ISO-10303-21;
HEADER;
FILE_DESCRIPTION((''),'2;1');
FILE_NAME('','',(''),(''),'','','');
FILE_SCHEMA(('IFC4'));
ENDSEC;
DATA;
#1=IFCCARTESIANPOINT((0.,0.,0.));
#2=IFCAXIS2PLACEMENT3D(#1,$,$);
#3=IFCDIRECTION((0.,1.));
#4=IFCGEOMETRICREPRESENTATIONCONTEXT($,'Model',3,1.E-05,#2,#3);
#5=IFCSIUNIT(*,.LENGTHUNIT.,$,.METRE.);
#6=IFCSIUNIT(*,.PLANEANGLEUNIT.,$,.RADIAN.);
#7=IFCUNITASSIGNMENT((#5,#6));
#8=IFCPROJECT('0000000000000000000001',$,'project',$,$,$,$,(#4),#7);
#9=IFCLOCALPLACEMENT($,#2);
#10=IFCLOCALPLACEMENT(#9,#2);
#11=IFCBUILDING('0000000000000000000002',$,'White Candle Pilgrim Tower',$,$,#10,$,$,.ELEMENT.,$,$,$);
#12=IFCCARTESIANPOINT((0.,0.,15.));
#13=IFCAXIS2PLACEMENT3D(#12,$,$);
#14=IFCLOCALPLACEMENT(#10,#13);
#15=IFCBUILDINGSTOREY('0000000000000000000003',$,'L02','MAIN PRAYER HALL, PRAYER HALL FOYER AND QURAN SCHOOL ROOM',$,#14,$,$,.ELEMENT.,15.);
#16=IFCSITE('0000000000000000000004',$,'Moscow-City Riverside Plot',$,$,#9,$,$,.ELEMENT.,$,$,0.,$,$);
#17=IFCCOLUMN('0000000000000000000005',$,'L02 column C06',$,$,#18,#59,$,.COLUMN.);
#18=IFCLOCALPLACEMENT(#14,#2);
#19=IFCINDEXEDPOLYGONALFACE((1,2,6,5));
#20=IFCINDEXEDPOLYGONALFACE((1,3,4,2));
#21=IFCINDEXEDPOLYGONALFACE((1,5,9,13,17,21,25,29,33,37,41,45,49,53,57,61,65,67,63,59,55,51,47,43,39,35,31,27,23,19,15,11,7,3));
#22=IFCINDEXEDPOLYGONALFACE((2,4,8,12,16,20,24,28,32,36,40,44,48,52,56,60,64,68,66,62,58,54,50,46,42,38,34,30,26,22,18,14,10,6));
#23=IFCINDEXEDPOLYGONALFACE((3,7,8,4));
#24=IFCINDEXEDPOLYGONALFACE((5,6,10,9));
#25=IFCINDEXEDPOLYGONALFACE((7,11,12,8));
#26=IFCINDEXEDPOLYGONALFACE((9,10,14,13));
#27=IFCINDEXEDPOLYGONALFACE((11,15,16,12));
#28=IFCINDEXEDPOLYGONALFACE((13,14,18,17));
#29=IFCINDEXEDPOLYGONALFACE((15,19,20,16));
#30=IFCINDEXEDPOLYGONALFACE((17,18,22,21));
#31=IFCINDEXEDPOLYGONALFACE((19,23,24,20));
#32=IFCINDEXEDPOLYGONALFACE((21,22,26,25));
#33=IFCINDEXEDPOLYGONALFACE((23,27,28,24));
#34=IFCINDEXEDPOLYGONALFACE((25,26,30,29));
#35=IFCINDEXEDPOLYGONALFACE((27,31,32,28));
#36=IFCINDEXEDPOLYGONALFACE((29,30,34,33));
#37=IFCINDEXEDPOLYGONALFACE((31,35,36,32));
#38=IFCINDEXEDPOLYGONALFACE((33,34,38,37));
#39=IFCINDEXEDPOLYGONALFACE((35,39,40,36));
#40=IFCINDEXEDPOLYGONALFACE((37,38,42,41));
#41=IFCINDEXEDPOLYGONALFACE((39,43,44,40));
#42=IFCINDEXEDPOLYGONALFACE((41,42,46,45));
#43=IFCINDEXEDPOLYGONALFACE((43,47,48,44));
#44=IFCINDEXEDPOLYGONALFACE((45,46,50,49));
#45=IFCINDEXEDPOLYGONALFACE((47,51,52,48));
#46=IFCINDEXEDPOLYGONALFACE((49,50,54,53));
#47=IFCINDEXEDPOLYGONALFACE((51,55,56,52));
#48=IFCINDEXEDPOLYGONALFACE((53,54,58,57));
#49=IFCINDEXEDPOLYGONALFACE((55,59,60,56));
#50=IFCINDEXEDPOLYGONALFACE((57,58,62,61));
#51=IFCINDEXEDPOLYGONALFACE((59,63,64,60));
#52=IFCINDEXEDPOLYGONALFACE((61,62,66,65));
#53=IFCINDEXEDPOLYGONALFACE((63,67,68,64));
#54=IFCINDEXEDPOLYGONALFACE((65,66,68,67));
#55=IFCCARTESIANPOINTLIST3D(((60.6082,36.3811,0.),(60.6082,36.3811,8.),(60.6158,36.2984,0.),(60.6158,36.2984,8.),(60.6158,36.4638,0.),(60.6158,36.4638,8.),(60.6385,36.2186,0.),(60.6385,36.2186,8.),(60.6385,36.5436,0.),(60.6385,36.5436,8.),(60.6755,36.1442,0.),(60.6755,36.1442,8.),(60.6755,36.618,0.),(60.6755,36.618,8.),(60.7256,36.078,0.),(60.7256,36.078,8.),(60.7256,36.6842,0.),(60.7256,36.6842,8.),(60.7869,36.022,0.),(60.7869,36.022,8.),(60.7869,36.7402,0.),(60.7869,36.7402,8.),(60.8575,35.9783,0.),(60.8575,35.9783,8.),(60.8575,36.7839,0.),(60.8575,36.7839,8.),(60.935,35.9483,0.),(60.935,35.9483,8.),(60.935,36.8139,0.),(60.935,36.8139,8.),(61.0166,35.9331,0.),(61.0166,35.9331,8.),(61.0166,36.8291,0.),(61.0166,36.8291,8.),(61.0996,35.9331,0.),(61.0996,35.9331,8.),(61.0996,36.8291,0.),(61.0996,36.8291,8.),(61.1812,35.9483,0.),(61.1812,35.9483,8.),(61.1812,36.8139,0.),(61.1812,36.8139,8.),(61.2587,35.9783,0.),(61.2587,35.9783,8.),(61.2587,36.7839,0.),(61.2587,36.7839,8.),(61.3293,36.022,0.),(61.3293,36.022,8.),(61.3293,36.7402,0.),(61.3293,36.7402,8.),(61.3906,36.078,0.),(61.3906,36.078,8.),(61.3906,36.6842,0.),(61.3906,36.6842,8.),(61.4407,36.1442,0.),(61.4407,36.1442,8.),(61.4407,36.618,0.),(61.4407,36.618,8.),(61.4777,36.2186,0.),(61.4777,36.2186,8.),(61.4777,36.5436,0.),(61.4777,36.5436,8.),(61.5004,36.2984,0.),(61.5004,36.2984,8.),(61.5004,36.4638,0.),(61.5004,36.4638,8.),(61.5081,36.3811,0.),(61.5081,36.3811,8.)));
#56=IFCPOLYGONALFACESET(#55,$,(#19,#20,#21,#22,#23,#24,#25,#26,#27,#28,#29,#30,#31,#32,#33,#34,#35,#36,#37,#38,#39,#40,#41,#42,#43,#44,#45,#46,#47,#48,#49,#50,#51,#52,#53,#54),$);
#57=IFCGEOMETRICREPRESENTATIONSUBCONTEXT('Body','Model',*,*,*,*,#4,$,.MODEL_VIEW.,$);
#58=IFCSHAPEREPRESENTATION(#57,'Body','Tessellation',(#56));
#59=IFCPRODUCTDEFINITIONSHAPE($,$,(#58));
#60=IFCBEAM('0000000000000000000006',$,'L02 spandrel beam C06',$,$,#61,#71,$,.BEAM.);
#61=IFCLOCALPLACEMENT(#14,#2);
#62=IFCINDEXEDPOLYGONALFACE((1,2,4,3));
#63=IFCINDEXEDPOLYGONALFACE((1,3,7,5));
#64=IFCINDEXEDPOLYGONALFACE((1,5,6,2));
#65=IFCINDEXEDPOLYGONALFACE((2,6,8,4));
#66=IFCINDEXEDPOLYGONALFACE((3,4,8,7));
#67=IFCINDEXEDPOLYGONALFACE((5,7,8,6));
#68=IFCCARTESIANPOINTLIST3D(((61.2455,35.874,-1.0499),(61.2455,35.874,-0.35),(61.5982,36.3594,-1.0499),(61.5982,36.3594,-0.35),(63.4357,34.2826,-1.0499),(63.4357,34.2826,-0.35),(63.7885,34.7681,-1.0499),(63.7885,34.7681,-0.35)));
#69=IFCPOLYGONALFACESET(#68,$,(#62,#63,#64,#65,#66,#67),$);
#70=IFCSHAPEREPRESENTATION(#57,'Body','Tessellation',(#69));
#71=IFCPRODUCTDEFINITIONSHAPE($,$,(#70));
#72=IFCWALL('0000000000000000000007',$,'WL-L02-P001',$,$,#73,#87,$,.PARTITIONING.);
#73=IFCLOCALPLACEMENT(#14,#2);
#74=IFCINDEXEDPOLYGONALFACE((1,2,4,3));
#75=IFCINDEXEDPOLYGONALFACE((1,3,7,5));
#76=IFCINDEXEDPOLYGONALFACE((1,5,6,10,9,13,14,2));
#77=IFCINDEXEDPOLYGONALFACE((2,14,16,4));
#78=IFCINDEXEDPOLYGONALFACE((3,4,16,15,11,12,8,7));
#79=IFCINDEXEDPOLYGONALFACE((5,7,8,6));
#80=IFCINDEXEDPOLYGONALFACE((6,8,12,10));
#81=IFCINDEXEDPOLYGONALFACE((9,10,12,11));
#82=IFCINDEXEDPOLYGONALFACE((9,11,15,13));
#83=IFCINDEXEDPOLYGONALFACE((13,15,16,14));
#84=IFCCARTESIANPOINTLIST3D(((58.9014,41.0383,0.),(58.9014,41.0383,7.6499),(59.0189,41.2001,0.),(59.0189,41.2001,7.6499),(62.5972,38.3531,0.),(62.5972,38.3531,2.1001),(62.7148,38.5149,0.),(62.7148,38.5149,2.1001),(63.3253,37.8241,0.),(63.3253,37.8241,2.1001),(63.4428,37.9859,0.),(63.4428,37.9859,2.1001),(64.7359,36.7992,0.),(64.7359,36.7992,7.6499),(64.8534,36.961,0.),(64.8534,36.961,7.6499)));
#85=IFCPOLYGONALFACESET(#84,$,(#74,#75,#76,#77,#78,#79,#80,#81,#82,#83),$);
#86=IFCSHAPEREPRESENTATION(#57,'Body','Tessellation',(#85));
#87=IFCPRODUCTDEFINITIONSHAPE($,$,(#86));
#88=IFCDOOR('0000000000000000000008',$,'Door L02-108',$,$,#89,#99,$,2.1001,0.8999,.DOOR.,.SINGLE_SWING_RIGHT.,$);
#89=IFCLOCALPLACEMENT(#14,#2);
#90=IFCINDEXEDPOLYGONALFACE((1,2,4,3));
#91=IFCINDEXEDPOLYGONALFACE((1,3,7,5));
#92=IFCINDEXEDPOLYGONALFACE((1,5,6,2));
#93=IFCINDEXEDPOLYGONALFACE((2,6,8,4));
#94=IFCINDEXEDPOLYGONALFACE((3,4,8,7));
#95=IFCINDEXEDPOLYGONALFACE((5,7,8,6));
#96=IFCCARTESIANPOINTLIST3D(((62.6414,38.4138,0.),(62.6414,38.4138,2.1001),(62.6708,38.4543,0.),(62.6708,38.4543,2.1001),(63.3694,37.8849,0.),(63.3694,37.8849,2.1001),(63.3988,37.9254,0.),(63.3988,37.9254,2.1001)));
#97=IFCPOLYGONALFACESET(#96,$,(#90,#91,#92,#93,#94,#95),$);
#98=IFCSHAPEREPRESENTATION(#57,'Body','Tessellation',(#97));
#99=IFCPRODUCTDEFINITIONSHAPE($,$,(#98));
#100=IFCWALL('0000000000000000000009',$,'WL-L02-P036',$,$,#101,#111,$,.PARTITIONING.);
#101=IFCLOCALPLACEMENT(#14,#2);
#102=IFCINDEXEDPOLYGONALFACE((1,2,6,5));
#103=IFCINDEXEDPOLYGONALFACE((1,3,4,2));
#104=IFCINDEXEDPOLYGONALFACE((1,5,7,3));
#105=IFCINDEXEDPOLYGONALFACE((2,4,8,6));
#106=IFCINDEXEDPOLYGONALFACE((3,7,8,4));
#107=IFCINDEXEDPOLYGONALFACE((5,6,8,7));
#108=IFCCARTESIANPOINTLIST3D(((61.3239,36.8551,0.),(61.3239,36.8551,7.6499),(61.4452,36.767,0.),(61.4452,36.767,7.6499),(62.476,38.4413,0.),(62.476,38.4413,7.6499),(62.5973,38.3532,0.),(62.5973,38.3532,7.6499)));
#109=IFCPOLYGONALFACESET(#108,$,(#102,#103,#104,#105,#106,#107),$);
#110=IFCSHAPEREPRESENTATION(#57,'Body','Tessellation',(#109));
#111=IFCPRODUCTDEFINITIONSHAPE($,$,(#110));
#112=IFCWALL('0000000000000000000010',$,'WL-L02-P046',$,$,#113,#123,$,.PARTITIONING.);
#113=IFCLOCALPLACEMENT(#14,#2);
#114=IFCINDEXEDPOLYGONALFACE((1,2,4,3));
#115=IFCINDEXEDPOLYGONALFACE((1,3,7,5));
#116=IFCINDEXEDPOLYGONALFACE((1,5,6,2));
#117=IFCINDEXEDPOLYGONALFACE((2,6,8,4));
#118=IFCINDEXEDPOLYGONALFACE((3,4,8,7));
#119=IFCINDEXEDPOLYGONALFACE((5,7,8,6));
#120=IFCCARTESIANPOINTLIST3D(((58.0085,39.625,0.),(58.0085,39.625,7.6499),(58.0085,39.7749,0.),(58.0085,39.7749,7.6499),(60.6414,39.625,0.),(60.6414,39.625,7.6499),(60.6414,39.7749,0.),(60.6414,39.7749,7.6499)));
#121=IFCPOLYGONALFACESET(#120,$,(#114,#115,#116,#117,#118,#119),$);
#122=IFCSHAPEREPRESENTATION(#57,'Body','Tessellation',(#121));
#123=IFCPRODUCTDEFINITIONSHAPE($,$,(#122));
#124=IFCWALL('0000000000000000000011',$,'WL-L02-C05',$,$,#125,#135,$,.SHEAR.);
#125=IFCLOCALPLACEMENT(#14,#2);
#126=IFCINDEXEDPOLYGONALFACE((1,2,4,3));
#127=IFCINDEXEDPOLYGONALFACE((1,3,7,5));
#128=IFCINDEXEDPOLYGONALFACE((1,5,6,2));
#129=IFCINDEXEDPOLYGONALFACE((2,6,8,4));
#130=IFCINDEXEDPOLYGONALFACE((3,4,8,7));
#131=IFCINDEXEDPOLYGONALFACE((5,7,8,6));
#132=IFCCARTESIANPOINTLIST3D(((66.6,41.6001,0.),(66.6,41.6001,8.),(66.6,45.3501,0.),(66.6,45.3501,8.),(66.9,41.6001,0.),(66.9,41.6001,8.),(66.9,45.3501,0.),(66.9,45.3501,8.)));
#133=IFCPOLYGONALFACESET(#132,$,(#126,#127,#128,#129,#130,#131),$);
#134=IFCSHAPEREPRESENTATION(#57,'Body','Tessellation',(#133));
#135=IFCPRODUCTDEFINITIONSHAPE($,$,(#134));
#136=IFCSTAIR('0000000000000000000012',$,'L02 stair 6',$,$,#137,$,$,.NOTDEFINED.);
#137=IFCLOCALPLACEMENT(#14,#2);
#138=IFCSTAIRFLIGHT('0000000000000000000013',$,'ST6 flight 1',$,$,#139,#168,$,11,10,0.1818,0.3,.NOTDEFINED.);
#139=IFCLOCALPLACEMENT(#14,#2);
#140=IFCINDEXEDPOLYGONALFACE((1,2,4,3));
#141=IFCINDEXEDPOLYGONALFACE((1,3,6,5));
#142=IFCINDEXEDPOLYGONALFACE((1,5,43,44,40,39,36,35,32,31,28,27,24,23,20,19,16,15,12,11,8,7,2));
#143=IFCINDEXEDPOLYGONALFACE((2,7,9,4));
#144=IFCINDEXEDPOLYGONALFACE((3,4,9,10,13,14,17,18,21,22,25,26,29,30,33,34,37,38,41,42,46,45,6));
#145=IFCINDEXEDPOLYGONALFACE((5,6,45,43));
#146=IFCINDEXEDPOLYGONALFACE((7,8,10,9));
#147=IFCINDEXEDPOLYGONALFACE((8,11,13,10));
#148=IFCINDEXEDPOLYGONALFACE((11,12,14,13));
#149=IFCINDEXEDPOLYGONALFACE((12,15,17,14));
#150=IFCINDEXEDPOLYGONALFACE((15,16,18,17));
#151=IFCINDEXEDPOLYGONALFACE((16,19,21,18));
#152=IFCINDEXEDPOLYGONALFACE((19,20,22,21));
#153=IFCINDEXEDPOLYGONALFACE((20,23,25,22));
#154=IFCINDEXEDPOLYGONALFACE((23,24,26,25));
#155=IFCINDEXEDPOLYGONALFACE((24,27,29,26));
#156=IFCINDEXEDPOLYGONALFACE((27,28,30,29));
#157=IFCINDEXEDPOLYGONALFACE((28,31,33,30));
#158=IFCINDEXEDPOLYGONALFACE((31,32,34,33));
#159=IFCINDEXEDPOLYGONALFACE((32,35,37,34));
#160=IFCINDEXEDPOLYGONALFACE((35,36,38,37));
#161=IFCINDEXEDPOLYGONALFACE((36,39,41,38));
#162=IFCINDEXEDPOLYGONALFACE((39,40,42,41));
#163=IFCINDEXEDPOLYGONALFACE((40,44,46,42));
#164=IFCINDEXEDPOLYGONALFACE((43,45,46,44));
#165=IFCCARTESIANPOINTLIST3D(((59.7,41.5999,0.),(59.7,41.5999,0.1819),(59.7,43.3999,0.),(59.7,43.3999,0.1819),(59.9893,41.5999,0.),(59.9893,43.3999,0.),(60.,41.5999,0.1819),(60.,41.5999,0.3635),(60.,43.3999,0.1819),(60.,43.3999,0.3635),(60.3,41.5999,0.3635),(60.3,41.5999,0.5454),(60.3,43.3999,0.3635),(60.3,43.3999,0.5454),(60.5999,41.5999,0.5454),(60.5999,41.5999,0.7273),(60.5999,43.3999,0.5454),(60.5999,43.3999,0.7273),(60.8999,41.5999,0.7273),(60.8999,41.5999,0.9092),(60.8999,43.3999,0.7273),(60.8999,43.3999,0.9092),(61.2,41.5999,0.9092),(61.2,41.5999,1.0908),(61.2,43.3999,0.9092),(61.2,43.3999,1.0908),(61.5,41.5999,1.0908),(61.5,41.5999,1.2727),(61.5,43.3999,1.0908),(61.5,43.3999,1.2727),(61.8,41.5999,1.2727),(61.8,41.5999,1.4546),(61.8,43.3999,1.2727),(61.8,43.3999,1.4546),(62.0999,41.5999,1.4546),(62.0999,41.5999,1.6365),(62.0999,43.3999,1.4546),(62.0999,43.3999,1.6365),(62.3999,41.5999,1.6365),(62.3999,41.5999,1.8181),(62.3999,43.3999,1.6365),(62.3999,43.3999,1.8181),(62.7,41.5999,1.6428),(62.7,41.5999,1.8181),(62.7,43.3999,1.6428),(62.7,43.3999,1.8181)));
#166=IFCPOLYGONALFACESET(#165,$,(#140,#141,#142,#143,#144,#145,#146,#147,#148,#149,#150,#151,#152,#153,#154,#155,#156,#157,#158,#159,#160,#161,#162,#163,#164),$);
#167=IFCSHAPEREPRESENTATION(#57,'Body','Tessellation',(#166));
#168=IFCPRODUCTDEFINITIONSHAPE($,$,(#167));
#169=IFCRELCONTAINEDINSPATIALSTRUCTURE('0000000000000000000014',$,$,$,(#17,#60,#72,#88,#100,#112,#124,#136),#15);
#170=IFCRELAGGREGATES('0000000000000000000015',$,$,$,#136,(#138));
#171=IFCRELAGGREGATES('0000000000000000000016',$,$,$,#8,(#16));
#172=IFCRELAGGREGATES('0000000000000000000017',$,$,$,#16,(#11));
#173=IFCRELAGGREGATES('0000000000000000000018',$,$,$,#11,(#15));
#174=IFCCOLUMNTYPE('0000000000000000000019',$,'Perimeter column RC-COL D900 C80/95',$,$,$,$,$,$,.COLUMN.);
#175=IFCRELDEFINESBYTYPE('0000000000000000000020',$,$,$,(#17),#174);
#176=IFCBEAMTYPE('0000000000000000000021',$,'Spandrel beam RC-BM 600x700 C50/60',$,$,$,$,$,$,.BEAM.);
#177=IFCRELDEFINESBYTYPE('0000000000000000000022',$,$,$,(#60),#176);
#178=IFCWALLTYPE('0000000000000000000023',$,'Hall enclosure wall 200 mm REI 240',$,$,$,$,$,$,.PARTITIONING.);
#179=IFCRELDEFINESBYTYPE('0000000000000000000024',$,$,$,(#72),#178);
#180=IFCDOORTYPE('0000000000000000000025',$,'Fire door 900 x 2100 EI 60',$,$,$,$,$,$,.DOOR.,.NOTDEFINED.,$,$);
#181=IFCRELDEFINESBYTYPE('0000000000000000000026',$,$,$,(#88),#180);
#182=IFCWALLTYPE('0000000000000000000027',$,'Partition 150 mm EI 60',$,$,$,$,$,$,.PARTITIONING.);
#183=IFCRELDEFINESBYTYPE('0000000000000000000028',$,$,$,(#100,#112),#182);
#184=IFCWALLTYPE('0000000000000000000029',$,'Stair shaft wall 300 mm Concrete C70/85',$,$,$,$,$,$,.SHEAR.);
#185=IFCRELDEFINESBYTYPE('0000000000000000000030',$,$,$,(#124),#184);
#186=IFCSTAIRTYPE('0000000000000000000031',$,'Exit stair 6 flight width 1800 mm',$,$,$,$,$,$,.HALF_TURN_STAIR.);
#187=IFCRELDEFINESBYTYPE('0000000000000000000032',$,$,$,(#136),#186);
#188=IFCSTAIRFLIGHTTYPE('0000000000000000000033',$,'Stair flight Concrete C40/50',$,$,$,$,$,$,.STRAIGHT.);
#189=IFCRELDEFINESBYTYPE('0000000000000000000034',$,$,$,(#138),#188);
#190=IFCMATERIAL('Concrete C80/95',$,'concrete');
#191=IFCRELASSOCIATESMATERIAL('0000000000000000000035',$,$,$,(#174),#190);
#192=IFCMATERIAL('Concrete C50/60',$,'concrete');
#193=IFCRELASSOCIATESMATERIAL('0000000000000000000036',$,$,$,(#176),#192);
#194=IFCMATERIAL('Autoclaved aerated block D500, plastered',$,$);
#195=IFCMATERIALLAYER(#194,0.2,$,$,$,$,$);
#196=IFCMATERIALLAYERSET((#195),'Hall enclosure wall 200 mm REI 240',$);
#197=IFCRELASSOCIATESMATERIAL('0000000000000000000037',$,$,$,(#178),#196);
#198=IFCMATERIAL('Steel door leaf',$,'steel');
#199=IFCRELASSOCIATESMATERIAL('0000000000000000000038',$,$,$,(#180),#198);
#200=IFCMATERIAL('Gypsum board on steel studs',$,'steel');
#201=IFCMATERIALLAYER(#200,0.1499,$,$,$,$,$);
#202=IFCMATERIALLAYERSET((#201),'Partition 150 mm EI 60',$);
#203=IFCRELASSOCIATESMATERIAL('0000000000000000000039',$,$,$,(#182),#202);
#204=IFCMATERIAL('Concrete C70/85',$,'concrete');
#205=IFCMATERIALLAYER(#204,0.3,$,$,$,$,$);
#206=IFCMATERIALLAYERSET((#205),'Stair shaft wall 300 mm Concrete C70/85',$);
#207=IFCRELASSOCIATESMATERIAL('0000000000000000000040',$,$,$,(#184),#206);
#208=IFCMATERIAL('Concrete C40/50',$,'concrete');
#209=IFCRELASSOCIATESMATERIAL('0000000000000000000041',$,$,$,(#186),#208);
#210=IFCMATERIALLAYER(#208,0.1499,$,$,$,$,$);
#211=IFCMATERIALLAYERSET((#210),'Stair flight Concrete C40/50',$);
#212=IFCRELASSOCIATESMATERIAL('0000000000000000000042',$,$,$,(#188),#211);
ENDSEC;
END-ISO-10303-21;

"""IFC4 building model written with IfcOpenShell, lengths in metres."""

from ifc_helpers import new_model, si_unit, direction, frame, frame_2d, origin, origin_2d, place, context, subcontext, project, spatial, polyline, rectangle, circle, outline, extrude, material, layer, layer_set, material_profile, profile_set, type_object, element, fill, aggregate, save


model = new_model("IFC4")

# Units and contexts
model_context = context("Model", 3, precision=1e-05, world=origin(), true_north=direction((0.0, 1.0)))
body_context = subcontext(model_context, "Body", "Model", "MODEL_VIEW")
ifc_project = project(units=[si_unit("LENGTHUNIT", "METRE"), si_unit("PLANEANGLEUNIT", "RADIAN")], contexts=[model_context])

# Site, building, storey
site_placement = place(None, origin())
site = spatial("IfcSite", under=ifc_project, at=site_placement, Name="Moscow-City Riverside Plot", CompositionType="ELEMENT", RefElevation=0.0)
building_placement = place(site_placement, origin())
building = spatial("IfcBuilding", under=site, at=building_placement, Name="White Candle Pilgrim Tower", CompositionType="ELEMENT")
storey_placement = place(building_placement, frame((0.0, 0.0, 15.0)))
storey = spatial("IfcBuildingStorey", under=building, at=storey_placement, Name="L02", Description="MAIN PRAYER HALL, PRAYER HALL FOYER AND QURAN SCHOOL ROOM", CompositionType="ELEMENT", Elevation=15.0)

# Column
ifc_material_1 = material(Name="Concrete C80/95", Category="concrete")
ifc_material_profile_1 = material_profile(ifc_material_1, circle(Radius=0.45, at=origin_2d()), Name="RC-COL D900")
ifc_profile_set_1 = profile_set([ifc_material_profile_1], Name="Concrete C80/95")
column_type = type_object("IfcColumnType", Name="Perimeter column RC-COL D900 C80/95", PredefinedType="COLUMN", material=ifc_profile_set_1)
column_placement = place(storey_placement, frame((61.0581, 36.3811, 0.0), z_axis=(0.0, 0.0, 1.0), x_axis=(1.0, 0.0, 0.0)))
element("IfcColumn", 1, at=column_placement, inside=storey, type_object=column_type, Name="L02 column C06", PredefinedType="COLUMN", context=body_context, shape_type="SweptSolid", body=[
    extrude(circle(Radius=0.45, at=origin_2d()), origin(), (0.0, 0.0, 1.0), 8.0),
])

# Beam
ifc_material_2 = material(Name="Concrete C50/60", Category="concrete")
ifc_material_profile_2 = material_profile(ifc_material_2, rectangle(XDim=0.6001, YDim=0.7, at=origin_2d()), Name="RC-BM 600x700")
ifc_profile_set_2 = profile_set([ifc_material_profile_2], Name="Concrete C50/60")
beam_type = type_object("IfcBeamType", Name="Spandrel beam RC-BM 600x700 C50/60", PredefinedType="BEAM", material=ifc_profile_set_2)
beam_placement = place(storey_placement, frame((61.4219, 36.1167, -0.7), z_axis=(0.809009, -0.587796, 0.0), x_axis=(0.587796, 0.809009, 0.0)))
element("IfcBeam", 2, at=beam_placement, inside=storey, type_object=beam_type, Name="L02 spandrel beam C06", PredefinedType="BEAM", context=body_context, shape_type="SweptSolid", body=[
    extrude(rectangle(XDim=0.6001, YDim=0.7, at=origin_2d()), origin(), (0.0, 0.0, 1.0), 2.7073),
])

# Wall, opening, door
ifc_material_3 = material(Name="Autoclaved aerated block D500, plastered")
ifc_layer_1 = layer(ifc_material_3, 0.2)
ifc_layer_set_1 = layer_set([ifc_layer_1], Name="Hall enclosure wall 200 mm REI 240")
wall_type_1 = type_object("IfcWallType", Name="Hall enclosure wall 200 mm REI 240", PredefinedType="PARTITIONING", material=ifc_layer_set_1)
wall_1_placement = place(storey_placement, frame((64.7947, 36.8801, 0.0), z_axis=(0.0, 0.0, 1.0), x_axis=(-0.809016, 0.587787, 0.0)))
wall_1 = element("IfcWall", 3, at=wall_1_placement, inside=storey, type_object=wall_type_1, Name="WL-L02-P001", PredefinedType="PARTITIONING", context=body_context, shape_type="SweptSolid", body=[
    extrude(rectangle(XDim=7.2119, YDim=0.2, at=frame_2d((3.606, 0.0))), origin(), (0.0, 0.0, 1.0), 7.6499),
])
opening_placement = place(wall_1_placement, frame((1.7437, 0.0, 0.0)))
opening = element("IfcOpeningElement", 4, at=opening_placement, cuts=wall_1, PredefinedType="OPENING", context=body_context, shape_type="SweptSolid", body=[
    extrude(rectangle(XDim=0.8999, YDim=2.1001, at=frame_2d((0.45, 1.05))), frame((0.0, 0.1099, 0.0), z_axis=(0.0, -1.0, 0.0), x_axis=(1.0, 0.0, 0.0)), (0.0, 0.0, 1.0), 0.22),
])
ifc_material_4 = material(Name="Steel door leaf", Category="steel")
door_type = type_object("IfcDoorType", Name="Fire door 900 x 2100 EI 60", OperationType="NOTDEFINED", PredefinedType="DOOR", material=ifc_material_4)
door_placement = place(opening_placement, origin())
door = element("IfcDoor", 5, at=door_placement, inside=storey, type_object=door_type, Name="Door L02-108", OperationType="SINGLE_SWING_RIGHT", OverallHeight=2.1001, OverallWidth=0.8999, PredefinedType="DOOR", context=body_context, shape_type="SweptSolid", body=[
    extrude(rectangle(XDim=0.8999, YDim=2.1001, at=frame_2d((0.45, 1.05))), frame((0.0, 0.0249, 0.0), z_axis=(0.0, -1.0, 0.0), x_axis=(1.0, 0.0, 0.0)), (0.0, 0.0, 1.0), 0.05),
])
fill(opening, door)

# Walls
ifc_material_5 = material(Name="Gypsum board on steel studs", Category="steel")
ifc_layer_2 = layer(ifc_material_5, 0.1499)
ifc_layer_set_2 = layer_set([ifc_layer_2], Name="Partition 150 mm EI 60")
wall_type_2 = type_object("IfcWallType", Name="Partition 150 mm EI 60", PredefinedType="PARTITIONING", material=ifc_layer_set_2)
wall_2_placement = place(storey_placement, frame((61.3845, 36.811, 0.0), z_axis=(0.0, 0.0, 1.0), x_axis=(0.587675, 0.809097, 0.0)))
element("IfcWall", 6, at=wall_2_placement, inside=storey, type_object=wall_type_2, Name="WL-L02-P036", PredefinedType="PARTITIONING", context=body_context, shape_type="SweptSolid", body=[
    extrude(rectangle(XDim=1.9604, YDim=0.1499, at=frame_2d((0.9802, 0.0))), origin(), (0.0, 0.0, 1.0), 7.6499),
])
wall_3_placement = place(storey_placement, frame((58.0085, 39.7, 0.0), z_axis=(0.0, 0.0, 1.0), x_axis=(1.0, 0.0, 0.0)))
element("IfcWall", 7, at=wall_3_placement, inside=storey, type_object=wall_type_2, Name="WL-L02-P046", PredefinedType="PARTITIONING", context=body_context, shape_type="SweptSolid", body=[
    extrude(rectangle(XDim=2.6328, YDim=0.1499, at=frame_2d((1.3164, 0.0))), origin(), (0.0, 0.0, 1.0), 7.6499),
])
ifc_material_6 = material(Name="Concrete C70/85", Category="concrete")
ifc_layer_3 = layer(ifc_material_6, 0.3)
ifc_layer_set_3 = layer_set([ifc_layer_3], Name="Stair shaft wall 300 mm Concrete C70/85")
wall_type_3 = type_object("IfcWallType", Name="Stair shaft wall 300 mm Concrete C70/85", PredefinedType="SHEAR", material=ifc_layer_set_3)
wall_4_placement = place(storey_placement, frame((66.75, 41.6001, 0.0), z_axis=(0.0, 0.0, 1.0), x_axis=(0.0, 1.0, 0.0)))
element("IfcWall", 8, at=wall_4_placement, inside=storey, type_object=wall_type_3, Name="WL-L02-C05", PredefinedType="SHEAR", context=body_context, shape_type="SweptSolid", body=[
    extrude(rectangle(XDim=3.75, YDim=0.3, at=frame_2d((1.875, 0.0))), origin(), (0.0, 0.0, 1.0), 8.0),
])

# Stair, stair flight
ifc_material_7 = material(Name="Concrete C40/50", Category="concrete")
stair_type = type_object("IfcStairType", Name="Exit stair 6 flight width 1800 mm", PredefinedType="HALF_TURN_STAIR", material=ifc_material_7)
stair_placement = place(storey_placement, origin())
stair = element("IfcStair", 9, at=stair_placement, inside=storey, type_object=stair_type, Name="L02 stair 6", PredefinedType="NOTDEFINED")
ifc_layer_4 = layer(ifc_material_7, 0.1499)
ifc_layer_set_4 = layer_set([ifc_layer_4], Name="Stair flight Concrete C40/50")
stair_flight_type = type_object("IfcStairFlightType", Name="Stair flight Concrete C40/50", PredefinedType="STRAIGHT", material=ifc_layer_set_4)
stair_flight_1_placement = place(storey_placement, frame((59.7, 42.5, 0.0), z_axis=(0.0, 0.0, 1.0), x_axis=(1.0, 0.0, 0.0)))
stair_flight_1 = element("IfcStairFlight", 10, at=stair_flight_1_placement, type_object=stair_flight_type, Name="ST6 flight 1", NumberOfRisers=11, NumberOfTreads=10, PredefinedType="NOTDEFINED", RiserHeight=0.1818, TreadLength=0.3, context=body_context, shape_type="SweptSolid", body=[
    extrude(outline(polyline([(0.0, 0.0), (0.0, 0.1819), (0.3, 0.1819), (0.3, 0.3635), (0.6001, 0.3635), (0.6001, 0.5454), (0.8999, 0.5454), (0.8999, 0.7273), (1.2, 0.7273), (1.2, 0.9092), (1.5, 0.9092), (1.5, 1.0908), (1.8, 1.0908), (1.8, 1.2727), (2.1001, 1.2727), (2.1001, 1.4546), (2.3999, 1.4546), (2.3999, 1.6365), (2.7, 1.6365), (2.7, 1.8181), (3.0, 1.8181), (3.0, 2.0), (3.0, 1.6428), (0.2893, 0.0), (0.0, 0.0)])), frame((0.0, 0.8999, 0.0), z_axis=(0.0, -1.0, 0.0), x_axis=(1.0, 0.0, 0.0)), (0.0, 0.0, 1.0), 1.8),
])
aggregate(stair, [stair_flight_1])

save(model, "model.ifc")
